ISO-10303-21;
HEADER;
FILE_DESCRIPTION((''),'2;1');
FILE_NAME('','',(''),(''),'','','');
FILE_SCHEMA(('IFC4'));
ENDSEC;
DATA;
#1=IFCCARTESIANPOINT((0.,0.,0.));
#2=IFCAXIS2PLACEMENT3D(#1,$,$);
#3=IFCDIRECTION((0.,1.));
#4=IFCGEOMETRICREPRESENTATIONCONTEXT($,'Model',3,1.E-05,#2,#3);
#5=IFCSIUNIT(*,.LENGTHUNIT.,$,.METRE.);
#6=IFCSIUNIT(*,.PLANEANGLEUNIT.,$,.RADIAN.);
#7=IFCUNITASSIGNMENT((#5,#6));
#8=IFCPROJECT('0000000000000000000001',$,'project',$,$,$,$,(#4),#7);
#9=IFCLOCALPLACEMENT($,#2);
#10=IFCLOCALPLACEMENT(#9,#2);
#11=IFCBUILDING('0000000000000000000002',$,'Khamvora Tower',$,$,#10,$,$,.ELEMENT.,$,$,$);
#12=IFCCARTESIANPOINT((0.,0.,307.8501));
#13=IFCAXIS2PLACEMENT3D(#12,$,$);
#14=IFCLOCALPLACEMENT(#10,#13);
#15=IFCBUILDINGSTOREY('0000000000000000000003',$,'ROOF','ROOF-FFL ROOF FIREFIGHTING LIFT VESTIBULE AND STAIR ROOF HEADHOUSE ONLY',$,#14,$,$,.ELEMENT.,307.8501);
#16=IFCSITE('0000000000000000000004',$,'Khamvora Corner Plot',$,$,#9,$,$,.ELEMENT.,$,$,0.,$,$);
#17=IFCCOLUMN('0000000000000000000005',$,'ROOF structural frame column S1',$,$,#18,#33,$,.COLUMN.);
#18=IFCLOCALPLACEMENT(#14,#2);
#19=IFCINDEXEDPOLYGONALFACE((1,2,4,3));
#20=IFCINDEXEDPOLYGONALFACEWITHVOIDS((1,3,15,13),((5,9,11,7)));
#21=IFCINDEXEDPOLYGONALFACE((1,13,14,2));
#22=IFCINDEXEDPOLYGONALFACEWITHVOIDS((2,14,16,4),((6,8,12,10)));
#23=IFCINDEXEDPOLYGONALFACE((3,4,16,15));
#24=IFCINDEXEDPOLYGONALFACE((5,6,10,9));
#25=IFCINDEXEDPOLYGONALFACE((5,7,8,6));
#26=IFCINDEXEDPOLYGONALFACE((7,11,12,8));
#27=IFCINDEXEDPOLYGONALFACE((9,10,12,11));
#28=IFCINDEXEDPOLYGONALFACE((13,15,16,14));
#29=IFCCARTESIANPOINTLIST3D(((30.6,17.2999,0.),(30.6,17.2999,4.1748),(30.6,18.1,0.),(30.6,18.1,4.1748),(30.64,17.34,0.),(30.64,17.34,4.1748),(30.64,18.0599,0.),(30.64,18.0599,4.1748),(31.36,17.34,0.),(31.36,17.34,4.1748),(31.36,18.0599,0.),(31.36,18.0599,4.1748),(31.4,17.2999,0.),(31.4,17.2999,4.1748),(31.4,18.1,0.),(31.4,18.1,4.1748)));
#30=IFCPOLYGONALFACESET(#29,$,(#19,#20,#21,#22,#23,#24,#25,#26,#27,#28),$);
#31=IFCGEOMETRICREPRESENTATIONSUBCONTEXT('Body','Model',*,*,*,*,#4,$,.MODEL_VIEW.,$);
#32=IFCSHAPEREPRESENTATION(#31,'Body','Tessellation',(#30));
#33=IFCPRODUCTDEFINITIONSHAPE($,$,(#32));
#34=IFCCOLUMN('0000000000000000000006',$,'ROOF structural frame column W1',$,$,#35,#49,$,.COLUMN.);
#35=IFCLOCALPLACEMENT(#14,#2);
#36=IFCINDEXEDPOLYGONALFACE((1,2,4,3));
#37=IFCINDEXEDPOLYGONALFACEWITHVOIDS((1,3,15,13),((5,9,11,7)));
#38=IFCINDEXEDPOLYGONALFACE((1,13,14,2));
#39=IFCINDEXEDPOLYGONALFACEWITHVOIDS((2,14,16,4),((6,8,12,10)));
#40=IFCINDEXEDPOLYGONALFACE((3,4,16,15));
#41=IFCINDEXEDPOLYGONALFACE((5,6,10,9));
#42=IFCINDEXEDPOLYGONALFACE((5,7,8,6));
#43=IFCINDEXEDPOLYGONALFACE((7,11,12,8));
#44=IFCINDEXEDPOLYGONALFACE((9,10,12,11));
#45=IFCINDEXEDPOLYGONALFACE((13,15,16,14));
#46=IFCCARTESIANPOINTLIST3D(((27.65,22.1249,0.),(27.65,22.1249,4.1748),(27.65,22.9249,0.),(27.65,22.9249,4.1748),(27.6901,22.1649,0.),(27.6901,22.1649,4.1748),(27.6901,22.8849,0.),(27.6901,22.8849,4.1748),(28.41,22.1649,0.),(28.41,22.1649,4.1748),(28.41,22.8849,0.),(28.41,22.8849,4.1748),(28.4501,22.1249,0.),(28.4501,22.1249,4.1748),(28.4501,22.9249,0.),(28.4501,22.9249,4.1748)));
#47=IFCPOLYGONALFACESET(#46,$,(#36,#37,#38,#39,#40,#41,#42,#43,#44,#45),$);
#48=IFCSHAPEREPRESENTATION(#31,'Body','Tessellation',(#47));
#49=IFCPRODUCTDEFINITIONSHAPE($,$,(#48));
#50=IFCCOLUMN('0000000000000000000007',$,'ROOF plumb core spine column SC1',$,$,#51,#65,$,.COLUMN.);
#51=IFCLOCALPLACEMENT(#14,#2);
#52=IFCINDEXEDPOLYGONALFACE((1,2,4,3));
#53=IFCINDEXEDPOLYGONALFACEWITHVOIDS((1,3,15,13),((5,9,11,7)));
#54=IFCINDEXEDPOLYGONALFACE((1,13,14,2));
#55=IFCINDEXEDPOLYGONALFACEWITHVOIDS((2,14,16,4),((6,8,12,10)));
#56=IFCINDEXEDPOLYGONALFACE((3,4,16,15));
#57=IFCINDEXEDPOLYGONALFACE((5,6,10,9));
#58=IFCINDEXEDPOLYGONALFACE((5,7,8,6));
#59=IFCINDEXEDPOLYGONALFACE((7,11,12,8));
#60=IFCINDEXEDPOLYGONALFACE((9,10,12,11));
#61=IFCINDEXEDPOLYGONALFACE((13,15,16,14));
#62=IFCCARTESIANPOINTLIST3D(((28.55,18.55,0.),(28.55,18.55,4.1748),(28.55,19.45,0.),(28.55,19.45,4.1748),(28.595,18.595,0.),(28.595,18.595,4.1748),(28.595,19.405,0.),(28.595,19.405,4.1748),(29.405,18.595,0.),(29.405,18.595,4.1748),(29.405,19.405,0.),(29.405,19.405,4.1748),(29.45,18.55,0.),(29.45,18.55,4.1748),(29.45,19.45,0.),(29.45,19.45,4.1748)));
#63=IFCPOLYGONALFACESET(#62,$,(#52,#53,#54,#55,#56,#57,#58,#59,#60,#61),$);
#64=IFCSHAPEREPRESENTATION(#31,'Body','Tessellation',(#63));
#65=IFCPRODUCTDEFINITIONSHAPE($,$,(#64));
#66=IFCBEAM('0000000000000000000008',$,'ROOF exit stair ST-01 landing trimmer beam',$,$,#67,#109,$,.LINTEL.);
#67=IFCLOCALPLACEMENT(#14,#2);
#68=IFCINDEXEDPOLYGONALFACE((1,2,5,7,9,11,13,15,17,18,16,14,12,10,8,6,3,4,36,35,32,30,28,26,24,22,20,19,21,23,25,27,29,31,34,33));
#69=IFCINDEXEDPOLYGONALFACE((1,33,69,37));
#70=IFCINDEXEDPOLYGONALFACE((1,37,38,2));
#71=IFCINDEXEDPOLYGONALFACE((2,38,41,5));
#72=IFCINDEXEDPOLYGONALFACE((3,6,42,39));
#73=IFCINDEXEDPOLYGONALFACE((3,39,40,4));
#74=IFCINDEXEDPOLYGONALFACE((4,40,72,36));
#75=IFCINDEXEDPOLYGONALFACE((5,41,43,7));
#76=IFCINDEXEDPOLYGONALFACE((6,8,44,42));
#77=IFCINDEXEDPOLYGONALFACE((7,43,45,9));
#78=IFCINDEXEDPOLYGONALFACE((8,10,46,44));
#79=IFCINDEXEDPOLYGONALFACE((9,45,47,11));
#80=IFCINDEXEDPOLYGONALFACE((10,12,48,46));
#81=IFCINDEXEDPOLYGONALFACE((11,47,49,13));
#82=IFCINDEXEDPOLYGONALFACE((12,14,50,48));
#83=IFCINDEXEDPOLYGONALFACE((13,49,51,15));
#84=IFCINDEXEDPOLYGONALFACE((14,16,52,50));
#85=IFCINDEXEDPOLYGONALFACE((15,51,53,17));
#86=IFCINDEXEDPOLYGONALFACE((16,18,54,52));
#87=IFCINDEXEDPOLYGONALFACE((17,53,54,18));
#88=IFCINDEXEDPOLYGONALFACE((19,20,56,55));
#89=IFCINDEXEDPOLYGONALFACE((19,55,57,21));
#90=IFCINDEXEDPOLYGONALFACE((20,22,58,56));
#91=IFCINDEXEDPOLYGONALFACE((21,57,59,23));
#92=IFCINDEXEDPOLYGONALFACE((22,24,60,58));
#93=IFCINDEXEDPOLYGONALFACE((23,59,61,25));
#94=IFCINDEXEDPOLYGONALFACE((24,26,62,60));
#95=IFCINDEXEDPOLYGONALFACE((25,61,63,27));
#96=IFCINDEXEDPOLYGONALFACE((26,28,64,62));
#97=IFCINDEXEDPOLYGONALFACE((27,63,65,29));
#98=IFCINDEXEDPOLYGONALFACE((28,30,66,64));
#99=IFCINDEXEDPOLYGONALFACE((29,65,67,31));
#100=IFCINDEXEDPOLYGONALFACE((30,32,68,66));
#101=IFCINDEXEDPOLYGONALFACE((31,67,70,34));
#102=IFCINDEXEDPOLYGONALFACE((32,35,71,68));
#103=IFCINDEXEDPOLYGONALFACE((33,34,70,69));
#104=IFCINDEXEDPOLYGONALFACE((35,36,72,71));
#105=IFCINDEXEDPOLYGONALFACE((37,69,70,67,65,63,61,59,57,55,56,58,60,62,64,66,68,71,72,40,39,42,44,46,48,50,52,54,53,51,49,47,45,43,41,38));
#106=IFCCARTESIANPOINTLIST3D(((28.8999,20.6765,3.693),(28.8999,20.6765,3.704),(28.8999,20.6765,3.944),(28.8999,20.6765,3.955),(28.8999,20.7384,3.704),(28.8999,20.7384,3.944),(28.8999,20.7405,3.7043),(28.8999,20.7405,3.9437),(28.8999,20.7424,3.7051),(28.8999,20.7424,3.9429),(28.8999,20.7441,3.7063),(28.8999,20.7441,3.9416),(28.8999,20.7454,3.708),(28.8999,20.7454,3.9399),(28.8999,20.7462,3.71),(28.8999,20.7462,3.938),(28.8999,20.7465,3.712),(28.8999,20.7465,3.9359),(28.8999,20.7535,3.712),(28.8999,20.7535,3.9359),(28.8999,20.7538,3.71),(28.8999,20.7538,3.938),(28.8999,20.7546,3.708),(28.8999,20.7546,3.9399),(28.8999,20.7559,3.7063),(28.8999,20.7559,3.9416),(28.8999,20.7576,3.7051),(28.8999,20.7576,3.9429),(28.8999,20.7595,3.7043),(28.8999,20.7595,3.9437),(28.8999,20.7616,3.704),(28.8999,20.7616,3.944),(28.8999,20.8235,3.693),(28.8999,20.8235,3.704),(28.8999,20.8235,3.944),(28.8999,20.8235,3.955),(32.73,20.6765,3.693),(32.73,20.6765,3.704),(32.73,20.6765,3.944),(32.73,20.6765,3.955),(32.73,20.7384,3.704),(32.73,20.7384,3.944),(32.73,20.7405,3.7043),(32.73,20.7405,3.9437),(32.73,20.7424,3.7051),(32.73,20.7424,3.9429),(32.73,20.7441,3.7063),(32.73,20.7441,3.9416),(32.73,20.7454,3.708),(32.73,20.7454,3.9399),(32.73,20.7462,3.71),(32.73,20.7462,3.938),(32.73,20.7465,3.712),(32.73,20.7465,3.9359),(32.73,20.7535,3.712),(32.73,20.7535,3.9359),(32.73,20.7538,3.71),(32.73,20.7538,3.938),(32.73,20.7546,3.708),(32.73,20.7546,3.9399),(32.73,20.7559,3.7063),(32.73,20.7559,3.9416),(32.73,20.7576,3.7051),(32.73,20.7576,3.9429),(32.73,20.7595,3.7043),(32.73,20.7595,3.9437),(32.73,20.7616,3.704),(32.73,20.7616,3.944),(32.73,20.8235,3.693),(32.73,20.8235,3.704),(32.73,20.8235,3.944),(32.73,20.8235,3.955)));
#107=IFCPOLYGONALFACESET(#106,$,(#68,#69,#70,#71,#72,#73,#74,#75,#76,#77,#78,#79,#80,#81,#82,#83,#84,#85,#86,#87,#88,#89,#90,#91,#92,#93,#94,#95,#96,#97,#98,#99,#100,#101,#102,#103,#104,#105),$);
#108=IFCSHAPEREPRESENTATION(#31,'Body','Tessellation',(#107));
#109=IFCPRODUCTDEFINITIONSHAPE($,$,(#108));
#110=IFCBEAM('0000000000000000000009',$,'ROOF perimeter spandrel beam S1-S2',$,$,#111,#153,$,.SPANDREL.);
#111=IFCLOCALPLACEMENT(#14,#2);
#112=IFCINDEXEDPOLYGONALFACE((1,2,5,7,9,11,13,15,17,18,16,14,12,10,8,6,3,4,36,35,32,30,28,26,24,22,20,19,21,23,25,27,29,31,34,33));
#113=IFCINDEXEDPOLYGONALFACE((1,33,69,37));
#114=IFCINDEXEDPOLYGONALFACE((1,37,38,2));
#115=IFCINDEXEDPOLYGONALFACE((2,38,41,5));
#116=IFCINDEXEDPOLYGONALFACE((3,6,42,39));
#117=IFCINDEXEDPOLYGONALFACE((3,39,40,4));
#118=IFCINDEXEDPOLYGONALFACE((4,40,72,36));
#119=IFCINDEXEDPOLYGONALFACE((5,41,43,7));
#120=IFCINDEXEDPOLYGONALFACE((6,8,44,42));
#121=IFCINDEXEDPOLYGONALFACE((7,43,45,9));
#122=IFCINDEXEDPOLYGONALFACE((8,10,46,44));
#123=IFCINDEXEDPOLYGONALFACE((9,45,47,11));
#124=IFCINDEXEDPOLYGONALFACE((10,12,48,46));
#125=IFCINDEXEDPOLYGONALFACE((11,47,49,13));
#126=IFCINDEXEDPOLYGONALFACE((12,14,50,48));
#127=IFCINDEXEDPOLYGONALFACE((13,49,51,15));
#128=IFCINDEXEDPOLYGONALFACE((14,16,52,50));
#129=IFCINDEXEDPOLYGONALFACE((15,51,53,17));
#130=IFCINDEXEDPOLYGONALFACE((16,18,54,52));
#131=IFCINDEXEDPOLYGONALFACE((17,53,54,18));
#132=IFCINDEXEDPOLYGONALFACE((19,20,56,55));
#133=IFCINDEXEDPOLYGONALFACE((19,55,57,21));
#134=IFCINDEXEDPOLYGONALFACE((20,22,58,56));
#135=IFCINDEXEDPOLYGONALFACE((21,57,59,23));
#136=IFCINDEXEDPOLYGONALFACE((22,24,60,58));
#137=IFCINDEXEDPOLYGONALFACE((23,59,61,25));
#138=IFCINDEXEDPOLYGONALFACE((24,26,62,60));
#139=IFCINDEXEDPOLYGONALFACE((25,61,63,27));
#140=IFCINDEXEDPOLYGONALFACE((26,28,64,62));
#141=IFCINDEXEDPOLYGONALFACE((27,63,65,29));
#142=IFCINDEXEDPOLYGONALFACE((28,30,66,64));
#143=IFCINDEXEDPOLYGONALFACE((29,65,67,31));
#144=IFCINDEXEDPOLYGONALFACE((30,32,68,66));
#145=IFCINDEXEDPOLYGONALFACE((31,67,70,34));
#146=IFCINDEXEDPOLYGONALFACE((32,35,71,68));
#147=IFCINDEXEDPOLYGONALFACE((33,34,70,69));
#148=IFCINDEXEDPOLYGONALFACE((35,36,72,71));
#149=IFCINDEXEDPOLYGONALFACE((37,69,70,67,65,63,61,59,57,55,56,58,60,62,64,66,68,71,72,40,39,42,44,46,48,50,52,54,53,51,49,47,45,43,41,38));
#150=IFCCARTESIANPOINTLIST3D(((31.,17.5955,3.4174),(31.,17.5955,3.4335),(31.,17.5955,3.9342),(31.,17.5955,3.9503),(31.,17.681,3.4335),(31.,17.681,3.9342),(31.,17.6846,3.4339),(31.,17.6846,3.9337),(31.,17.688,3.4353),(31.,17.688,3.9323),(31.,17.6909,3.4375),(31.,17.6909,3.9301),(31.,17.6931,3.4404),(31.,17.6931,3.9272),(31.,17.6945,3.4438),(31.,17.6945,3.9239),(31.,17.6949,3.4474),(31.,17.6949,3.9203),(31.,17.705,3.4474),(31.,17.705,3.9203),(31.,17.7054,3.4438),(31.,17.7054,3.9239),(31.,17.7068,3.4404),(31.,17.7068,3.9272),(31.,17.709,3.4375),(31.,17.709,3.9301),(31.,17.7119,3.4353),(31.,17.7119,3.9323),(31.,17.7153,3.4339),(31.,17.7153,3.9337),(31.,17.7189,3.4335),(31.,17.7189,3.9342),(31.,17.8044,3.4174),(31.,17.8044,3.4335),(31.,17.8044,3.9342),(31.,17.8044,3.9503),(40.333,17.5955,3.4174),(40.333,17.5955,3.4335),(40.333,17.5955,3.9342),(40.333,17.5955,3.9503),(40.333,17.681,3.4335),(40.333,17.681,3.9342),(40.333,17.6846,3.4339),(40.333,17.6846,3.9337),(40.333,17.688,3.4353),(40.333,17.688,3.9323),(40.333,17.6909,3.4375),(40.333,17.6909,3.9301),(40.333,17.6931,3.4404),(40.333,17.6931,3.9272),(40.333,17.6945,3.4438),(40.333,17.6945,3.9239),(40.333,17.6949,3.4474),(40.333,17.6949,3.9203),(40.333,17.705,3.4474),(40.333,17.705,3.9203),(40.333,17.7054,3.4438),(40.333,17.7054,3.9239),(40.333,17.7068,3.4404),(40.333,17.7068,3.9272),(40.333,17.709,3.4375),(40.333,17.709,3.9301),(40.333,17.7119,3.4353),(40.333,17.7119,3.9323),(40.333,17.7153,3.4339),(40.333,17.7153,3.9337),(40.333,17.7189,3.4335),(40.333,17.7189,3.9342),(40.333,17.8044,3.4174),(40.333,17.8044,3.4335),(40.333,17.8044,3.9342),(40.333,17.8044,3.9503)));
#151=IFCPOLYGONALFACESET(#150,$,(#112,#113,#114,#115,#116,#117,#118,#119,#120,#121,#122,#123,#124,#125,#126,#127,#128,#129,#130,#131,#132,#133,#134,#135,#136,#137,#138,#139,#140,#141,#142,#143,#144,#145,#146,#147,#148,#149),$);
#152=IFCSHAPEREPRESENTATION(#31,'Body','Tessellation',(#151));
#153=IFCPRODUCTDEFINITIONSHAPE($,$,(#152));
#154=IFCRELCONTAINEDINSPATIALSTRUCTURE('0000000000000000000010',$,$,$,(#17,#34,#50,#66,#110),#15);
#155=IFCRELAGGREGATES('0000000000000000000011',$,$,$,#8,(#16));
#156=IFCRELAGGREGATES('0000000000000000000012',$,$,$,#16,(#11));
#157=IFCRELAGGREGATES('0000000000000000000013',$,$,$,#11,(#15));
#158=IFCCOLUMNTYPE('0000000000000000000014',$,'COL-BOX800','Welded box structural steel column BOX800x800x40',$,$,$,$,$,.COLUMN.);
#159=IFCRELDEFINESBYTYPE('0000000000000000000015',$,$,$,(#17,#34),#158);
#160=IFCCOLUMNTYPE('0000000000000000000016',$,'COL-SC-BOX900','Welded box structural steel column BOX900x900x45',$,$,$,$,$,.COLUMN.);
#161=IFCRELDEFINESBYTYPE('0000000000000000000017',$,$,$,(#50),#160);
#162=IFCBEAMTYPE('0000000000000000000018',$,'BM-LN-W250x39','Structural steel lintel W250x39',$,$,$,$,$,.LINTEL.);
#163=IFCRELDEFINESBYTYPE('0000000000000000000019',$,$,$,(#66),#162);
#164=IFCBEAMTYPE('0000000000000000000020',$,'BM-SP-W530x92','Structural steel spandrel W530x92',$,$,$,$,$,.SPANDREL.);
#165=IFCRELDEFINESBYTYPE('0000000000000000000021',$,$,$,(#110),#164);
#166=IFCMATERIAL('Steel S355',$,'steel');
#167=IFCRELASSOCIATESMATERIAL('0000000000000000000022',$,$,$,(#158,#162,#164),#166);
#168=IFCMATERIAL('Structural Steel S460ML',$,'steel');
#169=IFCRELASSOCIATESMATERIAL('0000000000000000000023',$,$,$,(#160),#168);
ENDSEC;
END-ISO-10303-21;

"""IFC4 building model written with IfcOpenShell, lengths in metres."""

from ifc_helpers import new_model, si_unit, direction, frame, origin, origin_2d, place, context, subcontext, project, spatial, hollow_rectangle, i_section, extrude, material, material_profile, profile_set, type_object, element, save


model = new_model("IFC4")

# Units and contexts
model_context = context("Model", 3, precision=1e-05, world=origin(), true_north=direction((0.0, 1.0)))
body_context = subcontext(model_context, "Body", "Model", "MODEL_VIEW")
ifc_project = project(units=[si_unit("LENGTHUNIT", "METRE"), si_unit("PLANEANGLEUNIT", "RADIAN")], contexts=[model_context])

# Site, building, storey
site_placement = place(None, origin())
site = spatial("IfcSite", under=ifc_project, at=site_placement, Name="Khamvora Corner Plot", CompositionType="ELEMENT", RefElevation=0.0)
building_placement = place(site_placement, origin())
building = spatial("IfcBuilding", under=site, at=building_placement, Name="Khamvora Tower", CompositionType="ELEMENT")
storey_placement = place(building_placement, frame((0.0, 0.0, 307.8501)))
storey = spatial("IfcBuildingStorey", under=building, at=storey_placement, Name="ROOF", Description="ROOF-FFL ROOF FIREFIGHTING LIFT VESTIBULE AND STAIR ROOF HEADHOUSE ONLY", CompositionType="ELEMENT", Elevation=307.8501)

# Columns
ifc_material_1 = material(Name="Steel S355", Category="steel")
ifc_material_profile_1 = material_profile(ifc_material_1, hollow_rectangle(XDim=0.8, YDim=0.8, WallThickness=0.04, at=origin_2d()), Name="BOX800x800x40")
ifc_profile_set_1 = profile_set([ifc_material_profile_1], Name="Steel S355")
column_type_1 = type_object("IfcColumnType", Name="COL-BOX800", Description="Welded box structural steel column BOX800x800x40", PredefinedType="COLUMN", material=ifc_profile_set_1)
for number, where, z_axis, x_axis, name in (
    (1, (31.0, 17.7, 0.0), (0.0, 0.0, 1.0), (1.0, 0.0, 0.0), "ROOF structural frame column S1"),
    (2, (28.05, 22.5249, 0.0), (0.0, 0.0, 1.0), (1.0, 0.0, 0.0), "ROOF structural frame column W1"),
):
    element("IfcColumn", number, at=place(storey_placement, frame(where, z_axis=z_axis, x_axis=x_axis)), inside=storey, type_object=column_type_1, Name=name, PredefinedType="COLUMN", context=body_context, shape_type="SweptSolid", body=[
        extrude(hollow_rectangle(XDim=0.8, YDim=0.8, WallThickness=0.04, at=origin_2d()), origin(), (0.0, 0.0, 1.0), 4.1748),
    ])
ifc_material_2 = material(Name="Structural Steel S460ML", Category="steel")
ifc_material_profile_2 = material_profile(ifc_material_2, hollow_rectangle(XDim=0.8999, YDim=0.8999, WallThickness=0.0449, at=origin_2d()), Name="BOX900x900x45")
ifc_profile_set_2 = profile_set([ifc_material_profile_2], Name="Structural Steel S460ML")
column_type_2 = type_object("IfcColumnType", Name="COL-SC-BOX900", Description="Welded box structural steel column BOX900x900x45", PredefinedType="COLUMN", material=ifc_profile_set_2)
column_placement = place(storey_placement, frame((29.0, 19.0, 0.0), z_axis=(0.0, 0.0, 1.0), x_axis=(1.0, 0.0, 0.0)))
element("IfcColumn", 3, at=column_placement, inside=storey, type_object=column_type_2, Name="ROOF plumb core spine column SC1", PredefinedType="COLUMN", context=body_context, shape_type="SweptSolid", body=[
    extrude(hollow_rectangle(XDim=0.8999, YDim=0.8999, WallThickness=0.0449, at=origin_2d()), origin(), (0.0, 0.0, 1.0), 4.1748),
])

# Beams
ifc_material_profile_3 = material_profile(ifc_material_1, i_section(OverallWidth=0.147, OverallDepth=0.262, WebThickness=0.0071, FlangeThickness=0.011, FilletRadius=0.0081, at=origin_2d()), Name="W250x39")
ifc_profile_set_3 = profile_set([ifc_material_profile_3], Name="Steel S355")
beam_type_1 = type_object("IfcBeamType", Name="BM-LN-W250x39", Description="Structural steel lintel W250x39", PredefinedType="LINTEL", material=ifc_profile_set_3)
beam_1_placement = place(storey_placement, frame((28.8999, 20.75, 3.824), z_axis=(1.0, 0.0, 0.0), x_axis=(0.0, 1.0, 0.0)))
element("IfcBeam", 4, at=beam_1_placement, inside=storey, type_object=beam_type_1, Name="ROOF exit stair ST-01 landing trimmer beam", PredefinedType="LINTEL", context=body_context, shape_type="SweptSolid", body=[
    extrude(i_section(OverallWidth=0.147, OverallDepth=0.262, WebThickness=0.0071, FlangeThickness=0.011, FilletRadius=0.0081, at=origin_2d()), origin(), (0.0, 0.0, 1.0), 3.8301),
])
ifc_material_profile_4 = material_profile(ifc_material_1, i_section(OverallWidth=0.209, OverallDepth=0.533, WebThickness=0.01, FlangeThickness=0.0161, FilletRadius=0.0139, at=origin_2d()), Name="W530x92")
ifc_profile_set_4 = profile_set([ifc_material_profile_4], Name="Steel S355")
beam_type_2 = type_object("IfcBeamType", Name="BM-SP-W530x92", Description="Structural steel spandrel W530x92", PredefinedType="SPANDREL", material=ifc_profile_set_4)
beam_2_placement = place(storey_placement, frame((31.0, 17.7, 3.6838), z_axis=(1.0, 0.0, 0.0), x_axis=(0.0, 1.0, 0.0)))
element("IfcBeam", 5, at=beam_2_placement, inside=storey, type_object=beam_type_2, Name="ROOF perimeter spandrel beam S1-S2", PredefinedType="SPANDREL", context=body_context, shape_type="SweptSolid", body=[
    extrude(i_section(OverallWidth=0.209, OverallDepth=0.533, WebThickness=0.01, FlangeThickness=0.0161, FilletRadius=0.0139, at=origin_2d()), origin(), (0.0, 0.0, 1.0), 9.333),
])

save(model, "model.ifc")
